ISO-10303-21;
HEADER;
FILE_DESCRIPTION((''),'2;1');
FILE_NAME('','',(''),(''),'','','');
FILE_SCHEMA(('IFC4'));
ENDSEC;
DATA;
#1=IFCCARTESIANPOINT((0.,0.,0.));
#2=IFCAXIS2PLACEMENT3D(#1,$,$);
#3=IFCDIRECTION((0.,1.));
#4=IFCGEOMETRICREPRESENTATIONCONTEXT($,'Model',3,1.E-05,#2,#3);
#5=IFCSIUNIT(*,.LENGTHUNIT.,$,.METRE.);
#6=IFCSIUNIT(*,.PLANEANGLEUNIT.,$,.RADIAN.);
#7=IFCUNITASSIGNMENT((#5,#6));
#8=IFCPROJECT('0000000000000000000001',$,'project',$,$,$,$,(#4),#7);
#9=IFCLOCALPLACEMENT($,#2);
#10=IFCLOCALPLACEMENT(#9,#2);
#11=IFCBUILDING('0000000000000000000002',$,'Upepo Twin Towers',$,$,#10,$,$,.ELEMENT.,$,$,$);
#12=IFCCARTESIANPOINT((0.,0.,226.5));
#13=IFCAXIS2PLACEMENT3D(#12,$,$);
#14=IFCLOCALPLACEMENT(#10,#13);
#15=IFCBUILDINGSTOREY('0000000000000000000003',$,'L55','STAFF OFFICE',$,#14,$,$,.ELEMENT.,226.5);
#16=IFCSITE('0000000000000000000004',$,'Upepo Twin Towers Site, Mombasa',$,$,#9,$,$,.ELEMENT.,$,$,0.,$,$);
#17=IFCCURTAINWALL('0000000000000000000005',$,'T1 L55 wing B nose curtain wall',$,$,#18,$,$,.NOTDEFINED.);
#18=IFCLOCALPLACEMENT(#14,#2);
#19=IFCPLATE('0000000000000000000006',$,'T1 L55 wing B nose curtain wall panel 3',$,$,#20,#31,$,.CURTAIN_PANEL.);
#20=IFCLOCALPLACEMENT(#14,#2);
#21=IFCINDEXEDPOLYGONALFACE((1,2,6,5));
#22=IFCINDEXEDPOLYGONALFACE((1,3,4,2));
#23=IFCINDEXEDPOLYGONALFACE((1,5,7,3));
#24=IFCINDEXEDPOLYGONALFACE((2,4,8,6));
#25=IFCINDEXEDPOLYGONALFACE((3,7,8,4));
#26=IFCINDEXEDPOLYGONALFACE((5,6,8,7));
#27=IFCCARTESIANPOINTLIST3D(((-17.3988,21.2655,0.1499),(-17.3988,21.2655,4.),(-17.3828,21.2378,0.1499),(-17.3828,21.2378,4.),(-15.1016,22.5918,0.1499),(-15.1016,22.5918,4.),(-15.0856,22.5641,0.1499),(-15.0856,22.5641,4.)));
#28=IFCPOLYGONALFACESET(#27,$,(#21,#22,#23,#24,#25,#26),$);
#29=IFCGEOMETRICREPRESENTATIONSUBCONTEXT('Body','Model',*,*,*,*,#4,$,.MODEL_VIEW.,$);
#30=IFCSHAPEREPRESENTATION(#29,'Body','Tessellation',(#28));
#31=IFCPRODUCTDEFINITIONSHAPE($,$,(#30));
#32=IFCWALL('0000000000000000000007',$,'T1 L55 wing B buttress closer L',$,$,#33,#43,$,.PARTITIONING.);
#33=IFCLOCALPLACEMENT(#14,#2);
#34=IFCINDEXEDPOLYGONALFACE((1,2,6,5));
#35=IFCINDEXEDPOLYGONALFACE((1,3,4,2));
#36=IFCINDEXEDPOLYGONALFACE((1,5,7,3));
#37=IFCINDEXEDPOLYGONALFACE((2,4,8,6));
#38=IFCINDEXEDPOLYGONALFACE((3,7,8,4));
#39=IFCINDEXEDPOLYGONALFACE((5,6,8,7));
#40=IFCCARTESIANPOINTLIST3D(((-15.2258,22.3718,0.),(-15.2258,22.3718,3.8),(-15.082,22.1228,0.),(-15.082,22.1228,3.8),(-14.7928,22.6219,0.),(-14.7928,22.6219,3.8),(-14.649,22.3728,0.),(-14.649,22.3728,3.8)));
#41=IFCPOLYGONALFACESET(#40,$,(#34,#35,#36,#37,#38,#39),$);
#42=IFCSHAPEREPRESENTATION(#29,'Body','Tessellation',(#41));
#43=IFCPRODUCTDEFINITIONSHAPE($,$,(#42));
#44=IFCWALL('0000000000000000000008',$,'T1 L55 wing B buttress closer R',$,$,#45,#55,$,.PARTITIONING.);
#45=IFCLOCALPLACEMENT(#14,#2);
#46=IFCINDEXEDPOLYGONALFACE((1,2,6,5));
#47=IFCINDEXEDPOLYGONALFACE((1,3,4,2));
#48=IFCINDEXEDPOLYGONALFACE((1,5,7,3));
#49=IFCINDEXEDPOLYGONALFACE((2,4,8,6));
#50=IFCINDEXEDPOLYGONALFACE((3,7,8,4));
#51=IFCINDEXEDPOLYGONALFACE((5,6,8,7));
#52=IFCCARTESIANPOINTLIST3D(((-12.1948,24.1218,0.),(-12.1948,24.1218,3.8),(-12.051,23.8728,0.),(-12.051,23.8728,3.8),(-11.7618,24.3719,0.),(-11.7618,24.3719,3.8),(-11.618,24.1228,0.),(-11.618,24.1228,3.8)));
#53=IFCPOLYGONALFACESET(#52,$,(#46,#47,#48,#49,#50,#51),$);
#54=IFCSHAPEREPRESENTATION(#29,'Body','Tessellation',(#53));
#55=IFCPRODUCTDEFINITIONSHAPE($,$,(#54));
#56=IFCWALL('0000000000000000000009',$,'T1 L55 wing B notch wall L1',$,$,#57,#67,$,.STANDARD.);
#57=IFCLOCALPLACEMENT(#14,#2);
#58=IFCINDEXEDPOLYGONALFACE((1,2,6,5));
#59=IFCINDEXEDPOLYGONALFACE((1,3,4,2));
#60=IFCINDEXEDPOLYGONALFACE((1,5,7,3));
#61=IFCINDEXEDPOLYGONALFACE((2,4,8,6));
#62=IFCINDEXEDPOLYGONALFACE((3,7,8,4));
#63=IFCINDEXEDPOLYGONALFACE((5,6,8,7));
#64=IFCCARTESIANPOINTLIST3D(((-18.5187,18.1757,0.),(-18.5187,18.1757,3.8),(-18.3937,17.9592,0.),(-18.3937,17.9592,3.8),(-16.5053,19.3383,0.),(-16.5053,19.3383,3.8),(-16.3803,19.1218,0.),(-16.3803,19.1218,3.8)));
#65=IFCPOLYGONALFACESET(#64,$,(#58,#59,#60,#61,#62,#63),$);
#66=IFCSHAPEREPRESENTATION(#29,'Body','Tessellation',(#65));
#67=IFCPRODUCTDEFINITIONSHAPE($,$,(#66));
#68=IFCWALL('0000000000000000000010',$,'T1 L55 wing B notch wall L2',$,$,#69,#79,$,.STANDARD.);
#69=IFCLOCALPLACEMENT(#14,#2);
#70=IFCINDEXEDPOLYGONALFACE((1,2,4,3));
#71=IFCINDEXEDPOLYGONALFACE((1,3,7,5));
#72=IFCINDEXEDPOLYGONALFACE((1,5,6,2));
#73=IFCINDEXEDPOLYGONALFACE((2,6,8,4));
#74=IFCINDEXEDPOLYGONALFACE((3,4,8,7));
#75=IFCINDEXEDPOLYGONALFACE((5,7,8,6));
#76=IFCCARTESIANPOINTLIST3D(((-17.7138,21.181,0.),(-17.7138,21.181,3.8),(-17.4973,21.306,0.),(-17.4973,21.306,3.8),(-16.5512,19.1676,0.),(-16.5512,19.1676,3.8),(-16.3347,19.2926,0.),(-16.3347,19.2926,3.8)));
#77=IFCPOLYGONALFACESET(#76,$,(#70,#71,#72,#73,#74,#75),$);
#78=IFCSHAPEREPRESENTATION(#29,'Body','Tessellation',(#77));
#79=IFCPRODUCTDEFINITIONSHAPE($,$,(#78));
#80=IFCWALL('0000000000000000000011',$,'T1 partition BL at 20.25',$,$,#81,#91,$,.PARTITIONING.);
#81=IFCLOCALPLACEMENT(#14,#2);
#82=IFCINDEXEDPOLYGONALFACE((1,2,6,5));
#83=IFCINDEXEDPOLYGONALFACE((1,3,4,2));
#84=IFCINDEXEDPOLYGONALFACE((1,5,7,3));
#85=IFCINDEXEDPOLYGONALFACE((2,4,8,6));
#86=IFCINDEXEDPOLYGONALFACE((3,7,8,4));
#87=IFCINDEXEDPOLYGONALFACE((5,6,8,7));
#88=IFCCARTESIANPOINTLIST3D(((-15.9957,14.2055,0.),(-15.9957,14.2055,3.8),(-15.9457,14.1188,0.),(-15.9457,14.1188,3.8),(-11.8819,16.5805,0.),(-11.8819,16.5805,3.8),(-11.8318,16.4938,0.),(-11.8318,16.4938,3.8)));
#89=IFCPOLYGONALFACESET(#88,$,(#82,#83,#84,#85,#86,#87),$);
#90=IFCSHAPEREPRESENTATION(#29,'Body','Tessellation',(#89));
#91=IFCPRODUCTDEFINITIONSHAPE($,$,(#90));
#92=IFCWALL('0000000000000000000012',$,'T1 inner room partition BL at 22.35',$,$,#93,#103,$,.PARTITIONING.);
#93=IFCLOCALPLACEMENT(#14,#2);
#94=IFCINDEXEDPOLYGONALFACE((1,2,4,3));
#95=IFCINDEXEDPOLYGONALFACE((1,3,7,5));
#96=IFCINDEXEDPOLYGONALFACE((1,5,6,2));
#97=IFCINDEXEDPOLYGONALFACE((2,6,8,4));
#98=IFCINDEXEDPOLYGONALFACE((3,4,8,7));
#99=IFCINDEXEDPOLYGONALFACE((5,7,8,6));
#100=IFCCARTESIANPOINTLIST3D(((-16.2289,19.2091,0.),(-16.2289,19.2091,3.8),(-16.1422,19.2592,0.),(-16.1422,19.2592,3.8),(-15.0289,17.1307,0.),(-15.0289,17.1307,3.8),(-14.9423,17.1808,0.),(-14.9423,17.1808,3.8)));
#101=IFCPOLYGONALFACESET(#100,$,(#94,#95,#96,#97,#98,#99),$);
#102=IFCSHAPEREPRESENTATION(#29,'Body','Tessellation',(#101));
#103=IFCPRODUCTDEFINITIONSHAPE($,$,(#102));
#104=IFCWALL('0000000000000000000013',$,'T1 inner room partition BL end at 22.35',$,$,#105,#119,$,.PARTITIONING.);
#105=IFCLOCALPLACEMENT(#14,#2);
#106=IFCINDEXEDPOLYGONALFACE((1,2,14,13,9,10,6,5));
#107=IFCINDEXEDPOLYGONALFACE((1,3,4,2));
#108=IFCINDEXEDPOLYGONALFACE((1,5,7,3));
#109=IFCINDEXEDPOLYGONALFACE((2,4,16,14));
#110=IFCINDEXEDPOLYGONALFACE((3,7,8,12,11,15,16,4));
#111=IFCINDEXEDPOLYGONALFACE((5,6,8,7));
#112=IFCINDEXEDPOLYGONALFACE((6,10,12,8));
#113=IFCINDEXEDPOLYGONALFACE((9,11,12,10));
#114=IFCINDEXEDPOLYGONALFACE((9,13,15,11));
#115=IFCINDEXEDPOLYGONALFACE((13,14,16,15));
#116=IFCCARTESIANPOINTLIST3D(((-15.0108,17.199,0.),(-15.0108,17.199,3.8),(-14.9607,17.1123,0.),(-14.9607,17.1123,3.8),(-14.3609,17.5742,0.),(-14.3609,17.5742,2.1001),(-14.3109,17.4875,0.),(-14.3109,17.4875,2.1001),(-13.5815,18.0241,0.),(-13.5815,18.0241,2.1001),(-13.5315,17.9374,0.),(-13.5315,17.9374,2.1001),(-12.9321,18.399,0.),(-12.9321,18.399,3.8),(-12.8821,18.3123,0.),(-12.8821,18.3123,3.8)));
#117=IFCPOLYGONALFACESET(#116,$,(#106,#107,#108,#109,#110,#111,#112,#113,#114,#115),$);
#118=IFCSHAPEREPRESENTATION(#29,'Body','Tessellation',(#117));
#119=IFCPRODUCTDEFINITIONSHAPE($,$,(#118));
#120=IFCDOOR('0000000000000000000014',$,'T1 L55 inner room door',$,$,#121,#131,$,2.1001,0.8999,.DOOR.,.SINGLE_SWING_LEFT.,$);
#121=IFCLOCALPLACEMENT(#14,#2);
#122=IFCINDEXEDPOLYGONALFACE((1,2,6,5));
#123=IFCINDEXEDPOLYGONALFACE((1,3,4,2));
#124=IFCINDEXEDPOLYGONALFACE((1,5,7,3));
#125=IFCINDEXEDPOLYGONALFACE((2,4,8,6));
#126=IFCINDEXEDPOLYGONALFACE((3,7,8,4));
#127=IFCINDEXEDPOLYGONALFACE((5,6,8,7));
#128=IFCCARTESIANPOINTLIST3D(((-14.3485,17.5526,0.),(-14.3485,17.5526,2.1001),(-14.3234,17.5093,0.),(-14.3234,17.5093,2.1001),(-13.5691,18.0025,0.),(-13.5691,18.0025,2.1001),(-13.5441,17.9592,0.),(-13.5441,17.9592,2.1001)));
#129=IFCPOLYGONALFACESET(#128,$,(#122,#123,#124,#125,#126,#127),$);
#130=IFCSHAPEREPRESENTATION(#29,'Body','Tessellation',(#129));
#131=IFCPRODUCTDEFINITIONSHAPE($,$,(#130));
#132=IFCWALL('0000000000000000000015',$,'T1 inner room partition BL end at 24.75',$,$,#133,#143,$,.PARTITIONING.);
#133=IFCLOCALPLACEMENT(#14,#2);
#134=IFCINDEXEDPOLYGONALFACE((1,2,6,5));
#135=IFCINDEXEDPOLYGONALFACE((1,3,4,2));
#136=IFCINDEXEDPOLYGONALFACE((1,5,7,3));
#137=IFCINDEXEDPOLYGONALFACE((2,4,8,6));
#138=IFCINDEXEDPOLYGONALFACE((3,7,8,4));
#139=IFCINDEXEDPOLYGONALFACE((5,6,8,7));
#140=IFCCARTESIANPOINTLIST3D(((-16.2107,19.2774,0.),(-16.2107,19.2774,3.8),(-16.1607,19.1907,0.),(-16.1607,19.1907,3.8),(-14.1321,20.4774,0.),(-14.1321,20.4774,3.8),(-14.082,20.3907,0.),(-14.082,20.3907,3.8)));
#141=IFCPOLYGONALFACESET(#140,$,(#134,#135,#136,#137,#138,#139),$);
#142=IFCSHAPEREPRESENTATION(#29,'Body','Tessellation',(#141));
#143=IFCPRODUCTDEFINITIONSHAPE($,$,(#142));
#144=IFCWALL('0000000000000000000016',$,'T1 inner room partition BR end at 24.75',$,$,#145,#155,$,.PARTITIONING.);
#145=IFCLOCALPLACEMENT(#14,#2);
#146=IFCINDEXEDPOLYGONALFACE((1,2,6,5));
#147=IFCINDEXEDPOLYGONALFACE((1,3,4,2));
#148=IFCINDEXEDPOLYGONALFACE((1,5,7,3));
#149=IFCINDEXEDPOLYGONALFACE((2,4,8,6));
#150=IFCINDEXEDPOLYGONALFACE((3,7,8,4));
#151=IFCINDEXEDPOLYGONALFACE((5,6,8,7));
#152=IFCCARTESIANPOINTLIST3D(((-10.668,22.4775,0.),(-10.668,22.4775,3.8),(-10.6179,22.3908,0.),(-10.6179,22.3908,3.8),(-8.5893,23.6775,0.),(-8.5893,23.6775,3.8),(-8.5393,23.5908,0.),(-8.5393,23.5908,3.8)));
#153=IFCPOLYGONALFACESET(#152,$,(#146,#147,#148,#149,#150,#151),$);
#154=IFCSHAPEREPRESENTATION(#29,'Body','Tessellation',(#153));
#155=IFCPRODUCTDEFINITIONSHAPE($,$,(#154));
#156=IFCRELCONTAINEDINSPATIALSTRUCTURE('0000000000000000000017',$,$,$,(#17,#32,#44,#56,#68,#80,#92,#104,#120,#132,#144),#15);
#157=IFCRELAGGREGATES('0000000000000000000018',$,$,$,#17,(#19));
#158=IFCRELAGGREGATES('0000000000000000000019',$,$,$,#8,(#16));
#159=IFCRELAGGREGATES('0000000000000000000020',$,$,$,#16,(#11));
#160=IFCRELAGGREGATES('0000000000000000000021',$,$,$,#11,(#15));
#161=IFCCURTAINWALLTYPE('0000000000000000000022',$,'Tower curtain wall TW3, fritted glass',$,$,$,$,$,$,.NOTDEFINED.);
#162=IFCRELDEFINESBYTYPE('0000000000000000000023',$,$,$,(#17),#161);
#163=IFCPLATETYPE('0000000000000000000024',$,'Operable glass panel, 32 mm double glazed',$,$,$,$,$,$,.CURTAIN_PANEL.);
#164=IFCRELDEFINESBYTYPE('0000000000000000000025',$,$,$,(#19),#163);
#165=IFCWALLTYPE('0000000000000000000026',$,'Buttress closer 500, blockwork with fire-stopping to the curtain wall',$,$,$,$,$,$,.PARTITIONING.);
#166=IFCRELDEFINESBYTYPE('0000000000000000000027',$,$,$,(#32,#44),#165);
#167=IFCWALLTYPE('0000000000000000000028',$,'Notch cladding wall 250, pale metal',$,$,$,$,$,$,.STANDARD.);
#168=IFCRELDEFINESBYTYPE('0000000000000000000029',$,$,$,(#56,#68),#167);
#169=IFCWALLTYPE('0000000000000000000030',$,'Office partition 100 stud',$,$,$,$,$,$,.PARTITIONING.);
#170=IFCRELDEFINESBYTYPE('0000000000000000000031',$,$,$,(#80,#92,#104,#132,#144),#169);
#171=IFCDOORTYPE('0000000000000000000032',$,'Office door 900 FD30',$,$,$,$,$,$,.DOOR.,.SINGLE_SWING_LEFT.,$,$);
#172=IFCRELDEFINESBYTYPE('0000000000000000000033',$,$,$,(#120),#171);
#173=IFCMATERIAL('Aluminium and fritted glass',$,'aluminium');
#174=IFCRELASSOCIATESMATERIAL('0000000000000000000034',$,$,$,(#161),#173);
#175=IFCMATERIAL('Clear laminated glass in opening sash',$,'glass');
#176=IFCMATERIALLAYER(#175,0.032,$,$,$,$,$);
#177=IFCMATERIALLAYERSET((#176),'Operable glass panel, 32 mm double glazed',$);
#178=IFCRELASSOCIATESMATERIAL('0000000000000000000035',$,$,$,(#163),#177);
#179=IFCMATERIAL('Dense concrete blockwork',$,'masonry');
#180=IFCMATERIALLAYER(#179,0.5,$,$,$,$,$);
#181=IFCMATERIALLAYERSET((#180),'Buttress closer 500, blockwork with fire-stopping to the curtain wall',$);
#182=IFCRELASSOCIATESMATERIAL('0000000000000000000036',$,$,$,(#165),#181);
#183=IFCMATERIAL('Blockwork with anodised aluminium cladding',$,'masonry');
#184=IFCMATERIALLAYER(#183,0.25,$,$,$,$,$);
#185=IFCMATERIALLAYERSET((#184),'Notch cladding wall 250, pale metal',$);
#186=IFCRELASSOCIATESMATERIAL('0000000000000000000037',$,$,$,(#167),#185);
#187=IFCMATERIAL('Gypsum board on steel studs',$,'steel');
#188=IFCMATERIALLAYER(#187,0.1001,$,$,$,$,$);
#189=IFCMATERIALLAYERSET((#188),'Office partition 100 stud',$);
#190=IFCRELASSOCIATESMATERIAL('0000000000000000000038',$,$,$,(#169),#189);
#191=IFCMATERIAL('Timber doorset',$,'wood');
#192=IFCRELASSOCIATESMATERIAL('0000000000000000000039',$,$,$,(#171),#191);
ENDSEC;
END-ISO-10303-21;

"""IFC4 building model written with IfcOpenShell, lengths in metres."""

from ifc_helpers import new_model, si_unit, direction, frame, frame_2d, origin, origin_2d, place, context, subcontext, project, spatial, rectangle, extrude, material, layer, layer_set, type_object, element, fill, aggregate, save


model = new_model("IFC4")

# Units and contexts
model_context = context("Model", 3, precision=1e-05, world=origin(), true_north=direction((0.0, 1.0)))
body_context = subcontext(model_context, "Body", "Model", "MODEL_VIEW")
ifc_project = project(units=[si_unit("LENGTHUNIT", "METRE"), si_unit("PLANEANGLEUNIT", "RADIAN")], contexts=[model_context])

# Site, building, storey
site_placement = place(None, origin())
site = spatial("IfcSite", under=ifc_project, at=site_placement, Name="Upepo Twin Towers Site, Mombasa", CompositionType="ELEMENT", RefElevation=0.0)
building_placement = place(site_placement, origin())
building = spatial("IfcBuilding", under=site, at=building_placement, Name="Upepo Twin Towers", CompositionType="ELEMENT")
storey_placement = place(building_placement, frame((0.0, 0.0, 226.5)))
storey = spatial("IfcBuildingStorey", under=building, at=storey_placement, Name="L55", Description="STAFF OFFICE", CompositionType="ELEMENT", Elevation=226.5)

# Shared definitions
ifc_material_1 = material(Name="Aluminium and fritted glass", Category="aluminium")
curtain_wall_type = type_object("IfcCurtainWallType", Name="Tower curtain wall TW3, fritted glass", PredefinedType="NOTDEFINED", material=ifc_material_1)

# Curtain wall
curtain_wall_1_placement = place(storey_placement, origin())
curtain_wall_1 = element("IfcCurtainWall", 1, at=curtain_wall_1_placement, inside=storey, type_object=curtain_wall_type, Name="T1 L55 wing B nose curtain wall", PredefinedType="NOTDEFINED")

# Plate
ifc_material_2 = material(Name="Clear laminated glass in opening sash", Category="glass")
ifc_layer_1 = layer(ifc_material_2, 0.032)
ifc_layer_set_1 = layer_set([ifc_layer_1], Name="Operable glass panel, 32 mm double glazed")
plate_type_1 = type_object("IfcPlateType", Name="Operable glass panel, 32 mm double glazed", PredefinedType="CURTAIN_PANEL", material=ifc_layer_set_1)
plate_1_placement = place(storey_placement, frame((-16.2422, 21.9148, 0.1499), z_axis=(0.0, 0.0, 1.0), x_axis=(-0.866025, -0.5, 0.0)))
plate_1 = element("IfcPlate", 2, at=plate_1_placement, type_object=plate_type_1, Name="T1 L55 wing B nose curtain wall panel 3", PredefinedType="CURTAIN_PANEL", context=body_context, shape_type="SweptSolid", body=[
    extrude(rectangle(XDim=2.6526, YDim=0.032, at=origin_2d()), origin(), (0.0, 0.0, 1.0), 3.8501),
])
aggregate(curtain_wall_1, [plate_1])

# Walls
ifc_material_3 = material(Name="Dense concrete blockwork", Category="masonry")
ifc_layer_2 = layer(ifc_material_3, 0.5)
ifc_layer_set_2 = layer_set([ifc_layer_2], Name="Buttress closer 500, blockwork with fire-stopping to the curtain wall")
wall_type_1 = type_object("IfcWallType", Name="Buttress closer 500, blockwork with fire-stopping to the curtain wall", PredefinedType="PARTITIONING", material=ifc_layer_set_2)
for number, where, z_axis, x_axis, name in (
    (3, (-14.8655, 22.2478, 0.0), (0.0, 0.0, 1.0), (-0.500065, 0.865988, 0.0), "T1 L55 wing B buttress closer L"),
    (4, (-11.8345, 23.9978, 0.0), (0.0, 0.0, 1.0), (-0.500065, 0.865988, 0.0), "T1 L55 wing B buttress closer R"),
):
    element("IfcWall", number, at=place(storey_placement, frame(where, z_axis=z_axis, x_axis=x_axis)), inside=storey, type_object=wall_type_1, Name=name, PredefinedType="PARTITIONING", context=body_context, shape_type="SweptSolid", body=[
        extrude(rectangle(XDim=0.2876, YDim=0.5, at=frame_2d((0.1438, 0.0))), origin(), (0.0, 0.0, 1.0), 3.8),
    ])
ifc_material_4 = material(Name="Blockwork with anodised aluminium cladding", Category="masonry")
ifc_layer_3 = layer(ifc_material_4, 0.25)
ifc_layer_set_3 = layer_set([ifc_layer_3], Name="Notch cladding wall 250, pale metal")
wall_type_2 = type_object("IfcWallType", Name="Notch cladding wall 250, pale metal", PredefinedType="STANDARD", material=ifc_layer_set_3)
for number, where, z_axis, x_axis, name in (
    (5, (-18.4563, 18.0674, 0.0), (0.0, 0.0, 1.0), (0.865998, 0.500047, 0.0), "T1 L55 wing B notch wall L1"),
    (6, (-16.4429, 19.23, 0.0), (0.0, 0.0, 1.0), (-0.500047, 0.865998, 0.0), "T1 L55 wing B notch wall L2"),
):
    element("IfcWall", number, at=place(storey_placement, frame(where, z_axis=z_axis, x_axis=x_axis)), inside=storey, type_object=wall_type_2, Name=name, PredefinedType="STANDARD", context=body_context, shape_type="SweptSolid", body=[
        extrude(rectangle(XDim=2.325, YDim=0.25, at=frame_2d((1.1626, 0.0))), origin(), (0.0, 0.0, 1.0), 3.8),
    ])
ifc_material_5 = material(Name="Gypsum board on steel studs", Category="steel")
ifc_layer_4 = layer(ifc_material_5, 0.1001)
ifc_layer_set_4 = layer_set([ifc_layer_4], Name="Office partition 100 stud")
wall_type_3 = type_object("IfcWallType", Name="Office partition 100 stud", PredefinedType="PARTITIONING", material=ifc_layer_set_4)
wall_1_placement = place(storey_placement, frame((-11.8569, 16.5371, 0.0), z_axis=(0.0, 0.0, 1.0), x_axis=(-0.866033, -0.499986, 0.0)))
element("IfcWall", 7, at=wall_1_placement, inside=storey, type_object=wall_type_3, Name="T1 partition BL at 20.25", PredefinedType="PARTITIONING", context=body_context, shape_type="SweptSolid", body=[
    extrude(rectangle(XDim=4.7502, YDim=0.1001, at=frame_2d((2.375, 0.0))), origin(), (0.0, 0.0, 1.0), 3.8),
])
wall_2_placement = place(storey_placement, frame((-14.9856, 17.1558, 0.0), z_axis=(0.0, 0.0, 1.0), x_axis=(-0.500001, 0.866025, 0.0)))
element("IfcWall", 8, at=wall_2_placement, inside=storey, type_object=wall_type_3, Name="T1 inner room partition BL at 22.35", PredefinedType="PARTITIONING", context=body_context, shape_type="SweptSolid", body=[
    extrude(rectangle(XDim=2.3999, YDim=0.1001, at=frame_2d((1.2, 0.0))), origin(), (0.0, 0.0, 1.0), 3.8),
])

# Wall, opening, door
wall_3_placement = place(storey_placement, frame((-12.907, 18.3557, 0.0), z_axis=(0.0, 0.0, 1.0), x_axis=(-0.86605, -0.499957, 0.0)))
wall_3 = element("IfcWall", 9, at=wall_3_placement, inside=storey, type_object=wall_type_3, Name="T1 inner room partition BL end at 22.35", PredefinedType="PARTITIONING", context=body_context, shape_type="SweptSolid", body=[
    extrude(rectangle(XDim=2.4001, YDim=0.1001, at=frame_2d((1.2002, 0.0))), origin(), (0.0, 0.0, 1.0), 3.8),
])
opening_placement = place(wall_3_placement, frame((0.75, 0.0, 0.0)))
opening = element("IfcOpeningElement", 10, at=opening_placement, cuts=wall_3, PredefinedType="OPENING", context=body_context, shape_type="SweptSolid", body=[
    extrude(rectangle(XDim=0.8999, YDim=2.1001, at=frame_2d((0.45, 1.05))), frame((0.0, 0.0601, 0.0), z_axis=(0.0, -1.0, 0.0), x_axis=(1.0, 0.0, 0.0)), (0.0, 0.0, 1.0), 0.1201),
])
ifc_material_6 = material(Name="Timber doorset", Category="wood")
door_type = type_object("IfcDoorType", Name="Office door 900 FD30", OperationType="SINGLE_SWING_LEFT", PredefinedType="DOOR", material=ifc_material_6)
door_placement = place(opening_placement, origin())
door = element("IfcDoor", 11, at=door_placement, inside=storey, type_object=door_type, Name="T1 L55 inner room door", OperationType="SINGLE_SWING_LEFT", OverallHeight=2.1001, OverallWidth=0.8999, PredefinedType="DOOR", context=body_context, shape_type="SweptSolid", body=[
    extrude(rectangle(XDim=0.8999, YDim=2.1001, at=frame_2d((0.45, 1.05))), frame((0.0, 0.0249, 0.0), z_axis=(0.0, -1.0, 0.0), x_axis=(1.0, 0.0, 0.0)), (0.0, 0.0, 1.0), 0.05),
])
fill(opening, door)

# Walls
for number, where, z_axis, x_axis, name in (
    (12, (-14.1069, 20.4341, 0.0), (0.0, 0.0, 1.0), (-0.86605, -0.499957, 0.0), "T1 inner room partition BL end at 24.75"),
    (13, (-10.6431, 22.4341, 0.0), (0.0, 0.0, 1.0), (0.86605, 0.499957, 0.0), "T1 inner room partition BR end at 24.75"),
):
    element("IfcWall", number, at=place(storey_placement, frame(where, z_axis=z_axis, x_axis=x_axis)), inside=storey, type_object=wall_type_3, Name=name, PredefinedType="PARTITIONING", context=body_context, shape_type="SweptSolid", body=[
        extrude(rectangle(XDim=2.4001, YDim=0.1001, at=frame_2d((1.2002, 0.0))), origin(), (0.0, 0.0, 1.0), 3.8),
    ])

save(model, "model.ifc")
